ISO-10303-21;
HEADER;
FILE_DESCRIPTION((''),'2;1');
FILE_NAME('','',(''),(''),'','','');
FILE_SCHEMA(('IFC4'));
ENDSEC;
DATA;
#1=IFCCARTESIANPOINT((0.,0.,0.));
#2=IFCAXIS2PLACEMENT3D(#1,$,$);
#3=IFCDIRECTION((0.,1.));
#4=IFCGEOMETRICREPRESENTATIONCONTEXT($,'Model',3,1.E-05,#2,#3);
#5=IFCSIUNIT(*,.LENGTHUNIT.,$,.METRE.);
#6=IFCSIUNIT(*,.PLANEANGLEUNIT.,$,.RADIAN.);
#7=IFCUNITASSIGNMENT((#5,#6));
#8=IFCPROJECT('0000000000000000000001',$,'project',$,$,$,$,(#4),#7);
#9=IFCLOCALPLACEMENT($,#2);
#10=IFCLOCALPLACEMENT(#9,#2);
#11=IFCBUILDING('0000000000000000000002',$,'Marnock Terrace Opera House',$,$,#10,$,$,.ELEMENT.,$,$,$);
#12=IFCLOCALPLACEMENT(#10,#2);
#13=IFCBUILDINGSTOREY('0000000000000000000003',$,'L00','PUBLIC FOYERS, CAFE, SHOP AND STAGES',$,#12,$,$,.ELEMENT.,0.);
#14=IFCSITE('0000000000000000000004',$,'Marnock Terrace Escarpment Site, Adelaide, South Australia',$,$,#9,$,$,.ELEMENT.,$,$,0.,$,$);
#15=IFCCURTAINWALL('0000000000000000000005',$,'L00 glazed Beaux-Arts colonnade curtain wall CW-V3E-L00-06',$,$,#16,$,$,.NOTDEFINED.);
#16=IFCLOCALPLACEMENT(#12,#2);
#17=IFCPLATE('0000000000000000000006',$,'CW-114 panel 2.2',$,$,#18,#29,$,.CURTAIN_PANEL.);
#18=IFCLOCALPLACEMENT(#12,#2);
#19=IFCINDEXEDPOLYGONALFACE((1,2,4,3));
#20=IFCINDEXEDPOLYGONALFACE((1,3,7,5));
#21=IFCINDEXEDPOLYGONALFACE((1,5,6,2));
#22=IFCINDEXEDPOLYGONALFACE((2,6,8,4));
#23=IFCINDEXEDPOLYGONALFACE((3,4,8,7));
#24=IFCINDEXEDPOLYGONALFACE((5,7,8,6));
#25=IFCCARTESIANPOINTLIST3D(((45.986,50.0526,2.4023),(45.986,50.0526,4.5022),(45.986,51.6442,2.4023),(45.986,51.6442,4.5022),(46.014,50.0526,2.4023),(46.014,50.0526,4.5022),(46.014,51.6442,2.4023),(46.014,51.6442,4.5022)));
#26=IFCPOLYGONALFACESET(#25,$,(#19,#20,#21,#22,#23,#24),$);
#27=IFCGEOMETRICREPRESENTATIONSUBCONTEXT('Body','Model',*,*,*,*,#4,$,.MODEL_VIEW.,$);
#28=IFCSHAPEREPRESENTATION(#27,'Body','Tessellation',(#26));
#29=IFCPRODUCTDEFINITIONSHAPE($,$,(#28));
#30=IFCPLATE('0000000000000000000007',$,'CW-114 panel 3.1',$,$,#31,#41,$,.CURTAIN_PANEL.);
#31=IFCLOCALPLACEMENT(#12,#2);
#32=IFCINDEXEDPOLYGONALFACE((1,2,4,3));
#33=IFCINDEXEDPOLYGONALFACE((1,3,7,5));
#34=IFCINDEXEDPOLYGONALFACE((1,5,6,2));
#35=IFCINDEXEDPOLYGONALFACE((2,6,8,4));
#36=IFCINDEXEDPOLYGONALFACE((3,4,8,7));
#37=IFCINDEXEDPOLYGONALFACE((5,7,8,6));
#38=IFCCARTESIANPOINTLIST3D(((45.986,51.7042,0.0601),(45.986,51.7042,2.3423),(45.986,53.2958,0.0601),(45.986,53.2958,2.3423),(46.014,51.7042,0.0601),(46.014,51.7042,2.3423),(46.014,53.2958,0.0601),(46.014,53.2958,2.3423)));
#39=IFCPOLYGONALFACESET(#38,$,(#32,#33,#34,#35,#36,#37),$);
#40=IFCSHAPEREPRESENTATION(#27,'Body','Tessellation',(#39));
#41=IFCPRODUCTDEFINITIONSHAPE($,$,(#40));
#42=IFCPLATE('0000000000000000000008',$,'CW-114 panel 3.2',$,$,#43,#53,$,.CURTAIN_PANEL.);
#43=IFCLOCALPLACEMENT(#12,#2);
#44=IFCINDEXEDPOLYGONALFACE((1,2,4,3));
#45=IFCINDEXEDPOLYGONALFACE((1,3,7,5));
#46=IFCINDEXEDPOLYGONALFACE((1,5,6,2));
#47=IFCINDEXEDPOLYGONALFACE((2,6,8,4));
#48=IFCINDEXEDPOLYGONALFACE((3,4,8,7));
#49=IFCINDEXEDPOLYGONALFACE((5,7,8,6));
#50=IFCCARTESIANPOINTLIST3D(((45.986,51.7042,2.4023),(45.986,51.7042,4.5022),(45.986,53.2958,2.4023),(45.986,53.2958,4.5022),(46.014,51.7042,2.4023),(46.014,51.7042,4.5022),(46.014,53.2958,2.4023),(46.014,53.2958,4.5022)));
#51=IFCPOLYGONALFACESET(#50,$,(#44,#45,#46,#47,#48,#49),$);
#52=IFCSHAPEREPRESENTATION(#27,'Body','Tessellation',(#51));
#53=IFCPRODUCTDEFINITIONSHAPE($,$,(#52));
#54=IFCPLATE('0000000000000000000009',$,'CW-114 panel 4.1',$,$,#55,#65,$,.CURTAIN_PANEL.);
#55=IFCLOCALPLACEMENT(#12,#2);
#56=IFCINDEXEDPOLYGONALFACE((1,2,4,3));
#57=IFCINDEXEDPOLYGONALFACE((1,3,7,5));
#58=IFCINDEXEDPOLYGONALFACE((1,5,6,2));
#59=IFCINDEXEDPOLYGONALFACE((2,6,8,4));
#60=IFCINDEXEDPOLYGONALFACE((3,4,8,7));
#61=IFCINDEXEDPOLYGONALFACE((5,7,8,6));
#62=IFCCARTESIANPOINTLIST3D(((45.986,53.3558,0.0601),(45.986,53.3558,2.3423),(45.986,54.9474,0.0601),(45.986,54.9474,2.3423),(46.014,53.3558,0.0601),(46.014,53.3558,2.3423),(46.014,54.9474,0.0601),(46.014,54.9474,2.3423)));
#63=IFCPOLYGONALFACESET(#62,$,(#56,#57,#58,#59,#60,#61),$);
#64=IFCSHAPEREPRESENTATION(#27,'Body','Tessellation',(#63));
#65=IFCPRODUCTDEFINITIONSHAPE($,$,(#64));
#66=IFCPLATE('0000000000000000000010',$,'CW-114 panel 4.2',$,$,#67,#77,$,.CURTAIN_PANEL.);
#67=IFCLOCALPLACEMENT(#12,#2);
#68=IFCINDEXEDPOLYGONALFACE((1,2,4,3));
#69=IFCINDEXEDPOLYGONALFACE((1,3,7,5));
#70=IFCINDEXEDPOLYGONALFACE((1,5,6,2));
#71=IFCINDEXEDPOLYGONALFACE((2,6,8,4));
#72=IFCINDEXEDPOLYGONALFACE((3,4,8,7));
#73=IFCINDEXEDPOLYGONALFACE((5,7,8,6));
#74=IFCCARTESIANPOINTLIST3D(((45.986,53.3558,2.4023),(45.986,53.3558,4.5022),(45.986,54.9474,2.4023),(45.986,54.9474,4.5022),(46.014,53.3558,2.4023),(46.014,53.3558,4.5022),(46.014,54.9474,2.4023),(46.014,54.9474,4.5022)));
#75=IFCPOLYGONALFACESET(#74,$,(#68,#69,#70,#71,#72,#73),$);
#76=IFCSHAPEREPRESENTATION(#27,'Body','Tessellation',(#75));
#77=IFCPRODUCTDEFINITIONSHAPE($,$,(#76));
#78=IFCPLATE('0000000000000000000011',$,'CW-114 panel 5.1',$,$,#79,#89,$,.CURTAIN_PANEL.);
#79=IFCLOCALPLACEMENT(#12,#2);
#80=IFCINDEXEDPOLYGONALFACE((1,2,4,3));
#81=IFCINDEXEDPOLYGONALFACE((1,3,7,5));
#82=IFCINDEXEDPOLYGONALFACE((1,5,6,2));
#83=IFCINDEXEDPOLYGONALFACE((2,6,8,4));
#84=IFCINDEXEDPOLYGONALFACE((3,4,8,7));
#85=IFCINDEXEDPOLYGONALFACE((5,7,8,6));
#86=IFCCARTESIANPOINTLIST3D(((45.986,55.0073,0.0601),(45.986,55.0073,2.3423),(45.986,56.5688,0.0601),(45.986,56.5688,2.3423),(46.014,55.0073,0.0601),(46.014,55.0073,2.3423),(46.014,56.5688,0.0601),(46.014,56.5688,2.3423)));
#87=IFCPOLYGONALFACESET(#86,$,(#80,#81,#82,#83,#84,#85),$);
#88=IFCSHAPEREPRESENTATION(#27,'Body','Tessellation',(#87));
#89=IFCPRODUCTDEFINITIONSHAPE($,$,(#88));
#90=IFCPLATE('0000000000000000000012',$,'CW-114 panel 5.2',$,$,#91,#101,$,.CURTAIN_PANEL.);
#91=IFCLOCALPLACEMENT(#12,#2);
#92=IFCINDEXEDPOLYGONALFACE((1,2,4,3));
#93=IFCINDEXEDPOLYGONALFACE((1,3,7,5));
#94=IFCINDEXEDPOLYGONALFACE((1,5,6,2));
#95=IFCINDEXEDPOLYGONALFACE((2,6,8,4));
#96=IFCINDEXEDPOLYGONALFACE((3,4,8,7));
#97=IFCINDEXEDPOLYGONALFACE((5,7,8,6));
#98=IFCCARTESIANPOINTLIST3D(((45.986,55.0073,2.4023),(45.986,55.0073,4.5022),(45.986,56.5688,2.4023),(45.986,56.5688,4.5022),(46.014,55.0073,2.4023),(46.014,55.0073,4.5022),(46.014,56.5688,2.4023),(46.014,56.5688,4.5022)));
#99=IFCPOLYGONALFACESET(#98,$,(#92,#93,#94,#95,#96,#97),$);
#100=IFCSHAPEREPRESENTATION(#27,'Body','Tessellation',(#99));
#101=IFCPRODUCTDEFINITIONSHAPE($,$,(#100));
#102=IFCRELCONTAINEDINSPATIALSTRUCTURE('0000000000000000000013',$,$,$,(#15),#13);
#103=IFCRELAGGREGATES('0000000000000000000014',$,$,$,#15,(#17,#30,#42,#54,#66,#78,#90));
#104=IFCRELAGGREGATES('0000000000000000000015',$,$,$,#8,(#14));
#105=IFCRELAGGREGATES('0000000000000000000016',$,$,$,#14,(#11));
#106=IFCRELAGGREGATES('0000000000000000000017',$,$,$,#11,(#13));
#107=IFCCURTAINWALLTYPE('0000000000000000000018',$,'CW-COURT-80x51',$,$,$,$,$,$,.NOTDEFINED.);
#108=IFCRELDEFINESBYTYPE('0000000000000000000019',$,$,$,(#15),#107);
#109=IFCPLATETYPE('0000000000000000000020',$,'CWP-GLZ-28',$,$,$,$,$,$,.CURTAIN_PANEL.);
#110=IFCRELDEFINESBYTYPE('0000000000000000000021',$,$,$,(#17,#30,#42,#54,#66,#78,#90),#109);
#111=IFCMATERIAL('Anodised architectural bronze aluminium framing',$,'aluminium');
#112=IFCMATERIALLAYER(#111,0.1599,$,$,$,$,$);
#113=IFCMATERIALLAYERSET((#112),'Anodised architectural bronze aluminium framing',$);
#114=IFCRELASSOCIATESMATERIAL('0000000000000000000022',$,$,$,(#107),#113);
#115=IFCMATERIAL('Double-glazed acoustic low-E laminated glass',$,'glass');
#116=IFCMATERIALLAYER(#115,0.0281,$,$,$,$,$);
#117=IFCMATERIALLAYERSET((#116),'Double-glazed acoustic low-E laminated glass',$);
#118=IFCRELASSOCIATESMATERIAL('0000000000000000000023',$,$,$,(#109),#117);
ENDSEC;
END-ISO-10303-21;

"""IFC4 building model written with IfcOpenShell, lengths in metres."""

from ifc_helpers import new_model, si_unit, direction, frame, origin, origin_2d, place, context, subcontext, project, spatial, rectangle, extrude, material, layer, layer_set, type_object, element, aggregate, save


model = new_model("IFC4")

# Units and contexts
model_context = context("Model", 3, precision=1e-05, world=origin(), true_north=direction((0.0, 1.0)))
body_context = subcontext(model_context, "Body", "Model", "MODEL_VIEW")
ifc_project = project(units=[si_unit("LENGTHUNIT", "METRE"), si_unit("PLANEANGLEUNIT", "RADIAN")], contexts=[model_context])

# Site, building, storey
site_placement = place(None, origin())
site = spatial("IfcSite", under=ifc_project, at=site_placement, Name="Marnock Terrace Escarpment Site, Adelaide, South Australia", CompositionType="ELEMENT", RefElevation=0.0)
building_placement = place(site_placement, origin())
building = spatial("IfcBuilding", under=site, at=building_placement, Name="Marnock Terrace Opera House", CompositionType="ELEMENT")
storey_placement = place(building_placement, origin())
storey = spatial("IfcBuildingStorey", under=building, at=storey_placement, Name="L00", Description="PUBLIC FOYERS, CAFE, SHOP AND STAGES", CompositionType="ELEMENT", Elevation=0.0)

# Curtain wall, plates
ifc_material_1 = material(Name="Anodised architectural bronze aluminium framing", Category="aluminium")
ifc_layer_1 = layer(ifc_material_1, 0.1599)
ifc_layer_set_1 = layer_set([ifc_layer_1], Name="Anodised architectural bronze aluminium framing")
curtain_wall_type = type_object("IfcCurtainWallType", Name="CW-COURT-80x51", PredefinedType="NOTDEFINED", material=ifc_layer_set_1)
curtain_wall_placement = place(storey_placement, origin())
curtain_wall = element("IfcCurtainWall", 1, at=curtain_wall_placement, inside=storey, type_object=curtain_wall_type, Name="L00 glazed Beaux-Arts colonnade curtain wall CW-V3E-L00-06", PredefinedType="NOTDEFINED")
ifc_material_2 = material(Name="Double-glazed acoustic low-E laminated glass", Category="glass")
ifc_layer_2 = layer(ifc_material_2, 0.0281)
ifc_layer_set_2 = layer_set([ifc_layer_2], Name="Double-glazed acoustic low-E laminated glass")
plate_type = type_object("IfcPlateType", Name="CWP-GLZ-28", PredefinedType="CURTAIN_PANEL", material=ifc_layer_set_2)
plate_1_placement = place(storey_placement, frame((46.0, 50.8484, 2.4023), z_axis=(0.0, 0.0, 1.0), x_axis=(0.0, 1.0, 0.0)))
plate_1 = element("IfcPlate", 2, at=plate_1_placement, type_object=plate_type, Name="CW-114 panel 2.2", PredefinedType="CURTAIN_PANEL", context=body_context, shape_type="SweptSolid", body=[
    extrude(rectangle(XDim=1.5916, YDim=0.0281, at=origin_2d()), origin(), (0.0, 0.0, 1.0), 2.0999),
])
plate_2_placement = place(storey_placement, frame((46.0, 52.5, 0.0601), z_axis=(0.0, 0.0, 1.0), x_axis=(0.0, 1.0, 0.0)))
plate_2 = element("IfcPlate", 3, at=plate_2_placement, type_object=plate_type, Name="CW-114 panel 3.1", PredefinedType="CURTAIN_PANEL", context=body_context, shape_type="SweptSolid", body=[
    extrude(rectangle(XDim=1.5916, YDim=0.0281, at=origin_2d()), origin(), (0.0, 0.0, 1.0), 2.2822),
])
plate_3_placement = place(storey_placement, frame((46.0, 52.5, 2.4023), z_axis=(0.0, 0.0, 1.0), x_axis=(0.0, 1.0, 0.0)))
plate_3 = element("IfcPlate", 4, at=plate_3_placement, type_object=plate_type, Name="CW-114 panel 3.2", PredefinedType="CURTAIN_PANEL", context=body_context, shape_type="SweptSolid", body=[
    extrude(rectangle(XDim=1.5916, YDim=0.0281, at=origin_2d()), origin(), (0.0, 0.0, 1.0), 2.0999),
])
plate_4_placement = place(storey_placement, frame((46.0, 54.1516, 0.0601), z_axis=(0.0, 0.0, 1.0), x_axis=(0.0, 1.0, 0.0)))
plate_4 = element("IfcPlate", 5, at=plate_4_placement, type_object=plate_type, Name="CW-114 panel 4.1", PredefinedType="CURTAIN_PANEL", context=body_context, shape_type="SweptSolid", body=[
    extrude(rectangle(XDim=1.5916, YDim=0.0281, at=origin_2d()), origin(), (0.0, 0.0, 1.0), 2.2822),
])
plate_5_placement = place(storey_placement, frame((46.0, 54.1516, 2.4023), z_axis=(0.0, 0.0, 1.0), x_axis=(0.0, 1.0, 0.0)))
plate_5 = element("IfcPlate", 6, at=plate_5_placement, type_object=plate_type, Name="CW-114 panel 4.2", PredefinedType="CURTAIN_PANEL", context=body_context, shape_type="SweptSolid", body=[
    extrude(rectangle(XDim=1.5916, YDim=0.0281, at=origin_2d()), origin(), (0.0, 0.0, 1.0), 2.0999),
])
plate_6_placement = place(storey_placement, frame((46.0, 55.7881, 0.0601), z_axis=(0.0, 0.0, 1.0), x_axis=(0.0, 1.0, 0.0)))
plate_6 = element("IfcPlate", 7, at=plate_6_placement, type_object=plate_type, Name="CW-114 panel 5.1", PredefinedType="CURTAIN_PANEL", context=body_context, shape_type="SweptSolid", body=[
    extrude(rectangle(XDim=1.5615, YDim=0.0281, at=origin_2d()), origin(), (0.0, 0.0, 1.0), 2.2822),
])
plate_7_placement = place(storey_placement, frame((46.0, 55.7881, 2.4023), z_axis=(0.0, 0.0, 1.0), x_axis=(0.0, 1.0, 0.0)))
plate_7 = element("IfcPlate", 8, at=plate_7_placement, type_object=plate_type, Name="CW-114 panel 5.2", PredefinedType="CURTAIN_PANEL", context=body_context, shape_type="SweptSolid", body=[
    extrude(rectangle(XDim=1.5615, YDim=0.0281, at=origin_2d()), origin(), (0.0, 0.0, 1.0), 2.0999),
])
aggregate(curtain_wall, [plate_1, plate_2, plate_3, plate_4, plate_5, plate_6, plate_7])

save(model, "model.ifc")
